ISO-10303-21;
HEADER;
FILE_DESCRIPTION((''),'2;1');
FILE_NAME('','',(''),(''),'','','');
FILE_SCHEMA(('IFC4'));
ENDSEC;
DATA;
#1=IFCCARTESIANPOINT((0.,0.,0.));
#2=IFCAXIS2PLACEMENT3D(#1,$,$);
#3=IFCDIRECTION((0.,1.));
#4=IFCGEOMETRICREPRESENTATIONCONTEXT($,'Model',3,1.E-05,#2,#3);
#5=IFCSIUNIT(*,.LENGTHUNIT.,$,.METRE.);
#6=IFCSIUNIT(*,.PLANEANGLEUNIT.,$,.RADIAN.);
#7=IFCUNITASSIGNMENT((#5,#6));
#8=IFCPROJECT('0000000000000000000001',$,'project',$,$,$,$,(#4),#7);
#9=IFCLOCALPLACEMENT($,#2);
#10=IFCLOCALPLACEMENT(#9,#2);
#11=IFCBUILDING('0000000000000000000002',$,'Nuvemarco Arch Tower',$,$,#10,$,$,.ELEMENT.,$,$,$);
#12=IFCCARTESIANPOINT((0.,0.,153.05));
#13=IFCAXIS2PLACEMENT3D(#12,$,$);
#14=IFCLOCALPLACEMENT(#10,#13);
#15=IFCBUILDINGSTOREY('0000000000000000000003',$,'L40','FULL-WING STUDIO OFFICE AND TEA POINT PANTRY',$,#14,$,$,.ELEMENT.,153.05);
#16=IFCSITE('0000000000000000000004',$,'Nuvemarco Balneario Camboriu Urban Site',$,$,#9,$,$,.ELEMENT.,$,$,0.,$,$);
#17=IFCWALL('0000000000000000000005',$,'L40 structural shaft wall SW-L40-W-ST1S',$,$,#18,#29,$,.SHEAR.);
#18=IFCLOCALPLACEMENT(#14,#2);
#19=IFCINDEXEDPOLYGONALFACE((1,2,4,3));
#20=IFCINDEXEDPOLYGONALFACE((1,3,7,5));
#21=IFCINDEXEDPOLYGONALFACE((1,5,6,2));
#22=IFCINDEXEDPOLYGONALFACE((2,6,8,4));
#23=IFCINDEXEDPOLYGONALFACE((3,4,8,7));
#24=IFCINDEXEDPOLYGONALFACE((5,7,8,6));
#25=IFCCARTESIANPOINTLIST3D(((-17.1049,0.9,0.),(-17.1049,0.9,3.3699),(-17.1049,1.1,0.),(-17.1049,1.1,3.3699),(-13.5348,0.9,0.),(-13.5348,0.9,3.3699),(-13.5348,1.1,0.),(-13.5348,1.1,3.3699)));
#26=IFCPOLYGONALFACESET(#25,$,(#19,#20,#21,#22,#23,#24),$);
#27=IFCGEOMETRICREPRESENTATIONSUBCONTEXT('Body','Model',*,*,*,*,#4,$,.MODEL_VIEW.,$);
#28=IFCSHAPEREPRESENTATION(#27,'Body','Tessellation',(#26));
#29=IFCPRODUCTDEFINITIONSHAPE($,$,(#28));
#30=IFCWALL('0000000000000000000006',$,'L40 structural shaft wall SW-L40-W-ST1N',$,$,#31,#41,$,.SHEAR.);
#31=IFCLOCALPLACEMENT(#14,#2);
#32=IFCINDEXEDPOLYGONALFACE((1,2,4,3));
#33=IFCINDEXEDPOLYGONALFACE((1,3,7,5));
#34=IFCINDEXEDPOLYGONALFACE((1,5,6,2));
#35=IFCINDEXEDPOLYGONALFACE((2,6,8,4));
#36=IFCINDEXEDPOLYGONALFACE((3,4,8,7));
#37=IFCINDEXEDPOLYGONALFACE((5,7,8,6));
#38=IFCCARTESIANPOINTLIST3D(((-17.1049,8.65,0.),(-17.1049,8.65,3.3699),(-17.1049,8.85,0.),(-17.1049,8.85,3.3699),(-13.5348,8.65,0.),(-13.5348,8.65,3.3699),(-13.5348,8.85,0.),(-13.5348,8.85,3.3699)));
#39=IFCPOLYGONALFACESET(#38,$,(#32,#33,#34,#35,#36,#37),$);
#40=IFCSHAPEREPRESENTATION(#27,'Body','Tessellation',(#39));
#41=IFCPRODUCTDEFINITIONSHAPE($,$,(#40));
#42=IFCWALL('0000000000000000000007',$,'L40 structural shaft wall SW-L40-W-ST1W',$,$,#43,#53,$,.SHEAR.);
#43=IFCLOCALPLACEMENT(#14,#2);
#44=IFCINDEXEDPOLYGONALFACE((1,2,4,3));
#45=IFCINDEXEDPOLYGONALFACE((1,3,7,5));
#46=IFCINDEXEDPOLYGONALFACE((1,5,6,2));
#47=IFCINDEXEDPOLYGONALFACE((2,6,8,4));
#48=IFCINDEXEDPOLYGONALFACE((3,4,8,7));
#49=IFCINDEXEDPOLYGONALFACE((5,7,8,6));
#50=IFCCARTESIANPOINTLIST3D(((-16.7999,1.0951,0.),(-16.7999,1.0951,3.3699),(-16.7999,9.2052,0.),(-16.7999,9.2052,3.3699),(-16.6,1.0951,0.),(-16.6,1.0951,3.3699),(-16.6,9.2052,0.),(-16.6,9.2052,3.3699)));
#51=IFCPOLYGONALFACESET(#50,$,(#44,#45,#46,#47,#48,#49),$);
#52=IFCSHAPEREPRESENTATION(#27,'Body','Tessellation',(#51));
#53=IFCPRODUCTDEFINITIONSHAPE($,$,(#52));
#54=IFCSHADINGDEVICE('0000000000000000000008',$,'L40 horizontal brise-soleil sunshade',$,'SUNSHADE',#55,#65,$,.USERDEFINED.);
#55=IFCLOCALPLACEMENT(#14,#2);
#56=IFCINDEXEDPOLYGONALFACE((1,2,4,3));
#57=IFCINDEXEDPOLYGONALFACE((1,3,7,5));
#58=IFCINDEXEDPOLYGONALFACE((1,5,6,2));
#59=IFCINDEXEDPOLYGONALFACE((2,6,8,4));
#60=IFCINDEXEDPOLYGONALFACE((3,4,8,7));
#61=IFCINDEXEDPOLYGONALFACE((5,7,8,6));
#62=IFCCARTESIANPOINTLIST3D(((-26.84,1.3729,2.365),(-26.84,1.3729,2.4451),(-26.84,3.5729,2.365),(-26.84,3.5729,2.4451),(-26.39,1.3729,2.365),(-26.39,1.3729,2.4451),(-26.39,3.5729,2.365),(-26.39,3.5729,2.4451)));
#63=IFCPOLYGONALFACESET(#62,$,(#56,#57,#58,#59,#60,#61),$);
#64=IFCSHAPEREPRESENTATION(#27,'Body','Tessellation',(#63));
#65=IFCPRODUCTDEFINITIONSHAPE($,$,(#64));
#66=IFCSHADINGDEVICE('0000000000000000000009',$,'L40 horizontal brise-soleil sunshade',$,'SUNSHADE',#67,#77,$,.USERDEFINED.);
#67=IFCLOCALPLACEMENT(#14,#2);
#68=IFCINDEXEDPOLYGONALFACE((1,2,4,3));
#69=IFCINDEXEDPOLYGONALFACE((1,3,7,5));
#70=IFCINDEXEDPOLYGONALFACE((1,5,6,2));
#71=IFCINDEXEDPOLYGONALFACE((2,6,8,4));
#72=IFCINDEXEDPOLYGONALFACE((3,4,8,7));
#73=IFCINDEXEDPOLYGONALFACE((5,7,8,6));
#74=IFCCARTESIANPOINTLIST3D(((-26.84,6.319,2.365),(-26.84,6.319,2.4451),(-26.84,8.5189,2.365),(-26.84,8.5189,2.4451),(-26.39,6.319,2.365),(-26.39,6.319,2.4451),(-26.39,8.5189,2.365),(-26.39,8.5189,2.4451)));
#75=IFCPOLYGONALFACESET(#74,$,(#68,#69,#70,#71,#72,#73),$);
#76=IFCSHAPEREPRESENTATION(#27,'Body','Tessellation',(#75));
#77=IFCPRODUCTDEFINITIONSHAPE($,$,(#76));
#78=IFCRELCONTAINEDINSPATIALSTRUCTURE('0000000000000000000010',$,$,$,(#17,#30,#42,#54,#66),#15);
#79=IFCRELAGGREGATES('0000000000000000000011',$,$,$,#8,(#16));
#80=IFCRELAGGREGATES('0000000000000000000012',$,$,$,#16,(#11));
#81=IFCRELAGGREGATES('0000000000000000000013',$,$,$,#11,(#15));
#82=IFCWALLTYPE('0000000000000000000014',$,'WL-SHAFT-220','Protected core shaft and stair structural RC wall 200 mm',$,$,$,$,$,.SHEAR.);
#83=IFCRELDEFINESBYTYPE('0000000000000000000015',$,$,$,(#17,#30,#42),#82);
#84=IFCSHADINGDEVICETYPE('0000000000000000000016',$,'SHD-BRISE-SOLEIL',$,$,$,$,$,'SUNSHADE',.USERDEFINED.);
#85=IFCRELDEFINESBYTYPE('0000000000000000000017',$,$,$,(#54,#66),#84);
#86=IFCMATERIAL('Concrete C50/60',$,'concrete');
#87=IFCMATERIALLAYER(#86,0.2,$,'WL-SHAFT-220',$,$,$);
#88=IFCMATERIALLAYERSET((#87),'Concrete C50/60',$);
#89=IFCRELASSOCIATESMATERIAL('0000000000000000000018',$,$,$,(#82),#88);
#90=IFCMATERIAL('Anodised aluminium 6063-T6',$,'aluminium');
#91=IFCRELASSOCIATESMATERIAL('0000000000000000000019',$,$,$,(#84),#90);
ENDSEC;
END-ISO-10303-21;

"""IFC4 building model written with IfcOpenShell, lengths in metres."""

from ifc_helpers import new_model, si_unit, direction, frame, frame_2d, origin, origin_2d, place, context, subcontext, project, spatial, rectangle, extrude, source, transform, mapped, material, layer, layer_set, type_object, type_shapes, element, save


model = new_model("IFC4")

# Units and contexts
model_context = context("Model", 3, precision=1e-05, world=origin(), true_north=direction((0.0, 1.0)))
body_context = subcontext(model_context, "Body", "Model", "MODEL_VIEW")
ifc_project = project(units=[si_unit("LENGTHUNIT", "METRE"), si_unit("PLANEANGLEUNIT", "RADIAN")], contexts=[model_context])

# Site, building, storey
site_placement = place(None, origin())
site = spatial("IfcSite", under=ifc_project, at=site_placement, Name="Nuvemarco Balneario Camboriu Urban Site", CompositionType="ELEMENT", RefElevation=0.0)
building_placement = place(site_placement, origin())
building = spatial("IfcBuilding", under=site, at=building_placement, Name="Nuvemarco Arch Tower", CompositionType="ELEMENT")
storey_placement = place(building_placement, frame((0.0, 0.0, 153.05)))
storey = spatial("IfcBuildingStorey", under=building, at=storey_placement, Name="L40", Description="FULL-WING STUDIO OFFICE AND TEA POINT PANTRY", CompositionType="ELEMENT", Elevation=153.05)

# Shared definitions
ifc_material_1 = material(Name="Concrete C50/60", Category="concrete")

# Walls
ifc_layer_1 = layer(ifc_material_1, 0.2, Name="WL-SHAFT-220")
ifc_layer_set_1 = layer_set([ifc_layer_1], Name="Concrete C50/60")
wall_type_1 = type_object("IfcWallType", Name="WL-SHAFT-220", Description="Protected core shaft and stair structural RC wall 200 mm", PredefinedType="SHEAR", material=ifc_layer_set_1)
for number, where, z_axis, x_axis, name in (
    (1, (-17.105, 1.0, 0.0), (0.0, 0.0, 1.0), (1.0, 0.0, 0.0), "L40 structural shaft wall SW-L40-W-ST1S"),
    (2, (-17.105, 8.75, 0.0), (0.0, 0.0, 1.0), (1.0, 0.0, 0.0), "L40 structural shaft wall SW-L40-W-ST1N"),
):
    element("IfcWall", number, at=place(storey_placement, frame(where, z_axis=z_axis, x_axis=x_axis)), inside=storey, type_object=wall_type_1, Name=name, PredefinedType="SHEAR", context=body_context, shape_type="SweptSolid", body=[
        extrude(rectangle(XDim=3.5701, YDim=0.2, at=frame_2d((1.7852, 0.0))), origin(), (0.0, 0.0, 1.0), 3.3699),
    ])
wall_1_placement = place(storey_placement, frame((-16.7, 1.095, 0.0), z_axis=(0.0, 0.0, 1.0), x_axis=(0.0, 1.0, 0.0)))
element("IfcWall", 3, at=wall_1_placement, inside=storey, type_object=wall_type_1, Name="L40 structural shaft wall SW-L40-W-ST1W", PredefinedType="SHEAR", context=body_context, shape_type="SweptSolid", body=[
    extrude(rectangle(XDim=8.1101, YDim=0.2, at=frame_2d((4.0552, 0.0))), origin(), (0.0, 0.0, 1.0), 3.3699),
])

# Shading devices
ifc_material_2 = material(Name="Anodised aluminium 6063-T6", Category="aluminium")
shading_device_type = type_object("IfcShadingDeviceType", Name="SHD-BRISE-SOLEIL", ElementType="SUNSHADE", PredefinedType="USERDEFINED", material=ifc_material_2)
shared_shape = source(origin(), body_context, "Body", "SweptSolid", [
    extrude(rectangle(XDim=2.2, YDim=0.45, at=origin_2d()), origin(), (0.0, 0.0, 1.0), 0.0801),
])
type_shapes(shading_device_type, [shared_shape])
for number, where, z_axis, x_axis, name in (
    (4, (-26.615, 2.4729, 2.365), (0.0, 0.0, 1.0), (0.0, 1.0, 0.0), "L40 horizontal brise-soleil sunshade"),
    (5, (-26.615, 7.4189, 2.365), (0.0, 0.0, 1.0), (0.0, 1.0, 0.0), "L40 horizontal brise-soleil sunshade"),
):
    element("IfcShadingDevice", number, at=place(storey_placement, frame(where, z_axis=z_axis, x_axis=x_axis)), inside=storey, type_object=shading_device_type, Name=name, ObjectType="SUNSHADE", PredefinedType="USERDEFINED", context=body_context, shape_type="MappedRepresentation", body=[
        mapped(shared_shape, transform((0.0, 0.0, 0.0), scale=1.0)),
    ])

save(model, "model.ifc")
